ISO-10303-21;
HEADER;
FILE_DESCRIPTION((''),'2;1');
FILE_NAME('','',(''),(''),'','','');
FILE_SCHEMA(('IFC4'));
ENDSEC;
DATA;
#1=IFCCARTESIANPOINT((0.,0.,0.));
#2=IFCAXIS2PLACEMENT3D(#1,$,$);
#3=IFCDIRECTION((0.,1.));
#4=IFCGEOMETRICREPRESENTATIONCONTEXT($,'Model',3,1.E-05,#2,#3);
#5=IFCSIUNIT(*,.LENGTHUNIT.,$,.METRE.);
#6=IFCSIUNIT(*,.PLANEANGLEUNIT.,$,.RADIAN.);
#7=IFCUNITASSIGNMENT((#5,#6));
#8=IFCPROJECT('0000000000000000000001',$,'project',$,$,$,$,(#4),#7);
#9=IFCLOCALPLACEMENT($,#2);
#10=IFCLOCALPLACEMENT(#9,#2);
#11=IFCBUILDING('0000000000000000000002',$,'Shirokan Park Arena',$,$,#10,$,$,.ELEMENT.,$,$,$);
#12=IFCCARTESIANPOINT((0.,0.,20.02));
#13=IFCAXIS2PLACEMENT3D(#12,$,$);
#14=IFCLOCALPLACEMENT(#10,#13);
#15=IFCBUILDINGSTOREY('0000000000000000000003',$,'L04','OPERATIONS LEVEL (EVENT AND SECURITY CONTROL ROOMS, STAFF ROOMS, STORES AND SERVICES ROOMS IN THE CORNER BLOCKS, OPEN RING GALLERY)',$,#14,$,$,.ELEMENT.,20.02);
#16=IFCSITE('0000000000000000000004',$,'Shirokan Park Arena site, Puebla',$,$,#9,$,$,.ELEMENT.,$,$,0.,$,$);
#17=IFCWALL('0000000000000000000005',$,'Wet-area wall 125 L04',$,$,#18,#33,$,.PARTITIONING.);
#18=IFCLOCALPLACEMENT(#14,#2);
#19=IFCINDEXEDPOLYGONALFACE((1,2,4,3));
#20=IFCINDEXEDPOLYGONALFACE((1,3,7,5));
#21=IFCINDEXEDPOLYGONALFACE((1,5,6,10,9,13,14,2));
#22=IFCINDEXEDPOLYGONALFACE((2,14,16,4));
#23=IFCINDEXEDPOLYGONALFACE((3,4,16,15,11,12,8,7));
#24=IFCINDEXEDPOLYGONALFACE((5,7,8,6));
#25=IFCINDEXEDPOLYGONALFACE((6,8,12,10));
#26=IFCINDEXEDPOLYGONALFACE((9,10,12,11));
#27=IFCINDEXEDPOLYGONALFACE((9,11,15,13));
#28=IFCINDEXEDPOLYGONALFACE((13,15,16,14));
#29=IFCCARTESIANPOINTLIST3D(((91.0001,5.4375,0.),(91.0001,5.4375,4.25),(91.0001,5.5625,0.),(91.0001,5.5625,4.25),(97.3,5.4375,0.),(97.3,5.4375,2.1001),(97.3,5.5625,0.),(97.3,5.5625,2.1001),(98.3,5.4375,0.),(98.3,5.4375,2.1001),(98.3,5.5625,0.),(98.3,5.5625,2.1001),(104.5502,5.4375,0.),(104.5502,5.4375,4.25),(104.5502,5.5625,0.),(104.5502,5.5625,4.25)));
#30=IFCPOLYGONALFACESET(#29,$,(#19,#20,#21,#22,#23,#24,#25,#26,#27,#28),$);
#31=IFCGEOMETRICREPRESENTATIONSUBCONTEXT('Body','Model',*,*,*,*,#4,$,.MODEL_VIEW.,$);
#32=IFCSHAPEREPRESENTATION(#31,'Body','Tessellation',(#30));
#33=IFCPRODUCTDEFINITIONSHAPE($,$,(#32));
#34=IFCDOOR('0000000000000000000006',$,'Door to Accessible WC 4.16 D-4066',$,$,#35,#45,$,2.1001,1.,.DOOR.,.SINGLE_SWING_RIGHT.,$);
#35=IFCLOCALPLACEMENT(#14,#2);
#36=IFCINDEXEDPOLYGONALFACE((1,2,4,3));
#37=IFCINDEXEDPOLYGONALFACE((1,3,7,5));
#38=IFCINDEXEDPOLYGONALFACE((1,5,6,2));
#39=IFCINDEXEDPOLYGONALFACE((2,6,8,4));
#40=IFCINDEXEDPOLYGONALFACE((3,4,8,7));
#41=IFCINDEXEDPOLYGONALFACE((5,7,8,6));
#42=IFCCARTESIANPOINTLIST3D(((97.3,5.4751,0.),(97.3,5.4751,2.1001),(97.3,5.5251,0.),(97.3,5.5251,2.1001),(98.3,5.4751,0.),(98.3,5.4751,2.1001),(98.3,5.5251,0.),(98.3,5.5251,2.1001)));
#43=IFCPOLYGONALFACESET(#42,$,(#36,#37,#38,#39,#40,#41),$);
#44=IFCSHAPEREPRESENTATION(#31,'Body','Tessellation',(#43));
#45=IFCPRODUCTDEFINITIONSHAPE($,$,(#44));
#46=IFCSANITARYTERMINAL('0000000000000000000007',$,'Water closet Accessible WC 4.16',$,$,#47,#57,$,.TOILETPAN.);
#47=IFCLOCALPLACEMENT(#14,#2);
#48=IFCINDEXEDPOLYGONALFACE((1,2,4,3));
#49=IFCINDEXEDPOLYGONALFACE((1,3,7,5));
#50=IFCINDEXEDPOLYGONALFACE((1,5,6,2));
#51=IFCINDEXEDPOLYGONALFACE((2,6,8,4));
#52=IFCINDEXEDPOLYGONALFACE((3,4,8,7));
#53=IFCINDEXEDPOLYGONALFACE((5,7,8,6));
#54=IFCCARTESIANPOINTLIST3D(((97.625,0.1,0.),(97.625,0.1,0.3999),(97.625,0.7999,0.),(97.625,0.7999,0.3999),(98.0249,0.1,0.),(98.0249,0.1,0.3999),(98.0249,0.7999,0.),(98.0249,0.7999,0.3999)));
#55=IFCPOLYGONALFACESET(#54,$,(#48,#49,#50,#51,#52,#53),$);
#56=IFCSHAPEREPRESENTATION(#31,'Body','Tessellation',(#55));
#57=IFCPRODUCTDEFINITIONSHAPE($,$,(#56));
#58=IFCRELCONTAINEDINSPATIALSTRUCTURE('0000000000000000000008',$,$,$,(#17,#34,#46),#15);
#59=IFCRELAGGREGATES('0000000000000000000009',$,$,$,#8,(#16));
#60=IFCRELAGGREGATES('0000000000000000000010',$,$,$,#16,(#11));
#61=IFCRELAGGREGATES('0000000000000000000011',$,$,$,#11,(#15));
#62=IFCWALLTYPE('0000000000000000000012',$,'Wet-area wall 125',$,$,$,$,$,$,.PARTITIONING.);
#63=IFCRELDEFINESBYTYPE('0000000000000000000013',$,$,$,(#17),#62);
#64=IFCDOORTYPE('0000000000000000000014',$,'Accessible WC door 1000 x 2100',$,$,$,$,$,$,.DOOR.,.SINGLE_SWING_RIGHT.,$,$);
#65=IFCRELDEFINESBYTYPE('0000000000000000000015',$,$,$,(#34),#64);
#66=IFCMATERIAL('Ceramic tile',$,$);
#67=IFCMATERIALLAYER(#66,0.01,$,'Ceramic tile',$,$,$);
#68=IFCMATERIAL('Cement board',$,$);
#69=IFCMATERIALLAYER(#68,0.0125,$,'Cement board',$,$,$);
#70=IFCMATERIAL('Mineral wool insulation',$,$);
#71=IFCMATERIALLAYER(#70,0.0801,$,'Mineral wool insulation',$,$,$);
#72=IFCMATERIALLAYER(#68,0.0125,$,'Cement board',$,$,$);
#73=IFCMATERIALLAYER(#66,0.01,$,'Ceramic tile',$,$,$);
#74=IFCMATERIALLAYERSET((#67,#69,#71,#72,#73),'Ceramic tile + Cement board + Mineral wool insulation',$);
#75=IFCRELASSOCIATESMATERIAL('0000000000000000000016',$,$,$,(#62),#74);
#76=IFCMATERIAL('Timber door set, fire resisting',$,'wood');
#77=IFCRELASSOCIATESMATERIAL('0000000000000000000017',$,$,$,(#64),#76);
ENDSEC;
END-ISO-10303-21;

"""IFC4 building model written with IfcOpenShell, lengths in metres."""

from ifc_helpers import new_model, si_unit, direction, frame, frame_2d, origin, origin_2d, place, context, subcontext, project, spatial, rectangle, extrude, material, layer, layer_set, type_object, element, fill, save


model = new_model("IFC4")

# Units and contexts
model_context = context("Model", 3, precision=1e-05, world=origin(), true_north=direction((0.0, 1.0)))
body_context = subcontext(model_context, "Body", "Model", "MODEL_VIEW")
ifc_project = project(units=[si_unit("LENGTHUNIT", "METRE"), si_unit("PLANEANGLEUNIT", "RADIAN")], contexts=[model_context])

# Site, building, storey
site_placement = place(None, origin())
site = spatial("IfcSite", under=ifc_project, at=site_placement, Name="Shirokan Park Arena site, Puebla", CompositionType="ELEMENT", RefElevation=0.0)
building_placement = place(site_placement, origin())
building = spatial("IfcBuilding", under=site, at=building_placement, Name="Shirokan Park Arena", CompositionType="ELEMENT")
storey_placement = place(building_placement, frame((0.0, 0.0, 20.02)))
storey = spatial("IfcBuildingStorey", under=building, at=storey_placement, Name="L04", Description="OPERATIONS LEVEL (EVENT AND SECURITY CONTROL ROOMS, STAFF ROOMS, STORES AND SERVICES ROOMS IN THE CORNER BLOCKS, OPEN RING GALLERY)", CompositionType="ELEMENT", Elevation=20.02)

# Shared definitions
ifc_material_1 = material(Name="Mineral wool insulation")

# Wall, opening, door
ifc_material_2 = material(Name="Ceramic tile")
ifc_layer_1 = layer(ifc_material_2, 0.01, Name="Ceramic tile")
ifc_material_3 = material(Name="Cement board")
ifc_layer_2 = layer(ifc_material_3, 0.0125, Name="Cement board")
ifc_layer_3 = layer(ifc_material_1, 0.0801, Name="Mineral wool insulation")
ifc_layer_4 = layer(ifc_material_3, 0.0125, Name="Cement board")
ifc_layer_5 = layer(ifc_material_2, 0.01, Name="Ceramic tile")
ifc_layer_set_1 = layer_set([ifc_layer_1, ifc_layer_2, ifc_layer_3, ifc_layer_4, ifc_layer_5], Name="Ceramic tile + Cement board + Mineral wool insulation")
wall_type_1 = type_object("IfcWallType", Name="Wet-area wall 125", PredefinedType="PARTITIONING", material=ifc_layer_set_1)
wall_1_placement = place(storey_placement, frame((104.55, 5.5, 0.0), z_axis=(0.0, 0.0, 1.0), x_axis=(-1.0, 0.0, 0.0)))
wall_1 = element("IfcWall", 1, at=wall_1_placement, inside=storey, type_object=wall_type_1, Name="Wet-area wall 125 L04", PredefinedType="PARTITIONING", context=body_context, shape_type="SweptSolid", body=[
    extrude(rectangle(XDim=13.55, YDim=0.125, at=frame_2d((6.7749, 0.0))), origin(), (0.0, 0.0, 1.0), 4.25),
])
opening_1_placement = place(wall_1_placement, frame((6.25, 0.0, 0.0)))
opening_1 = element("IfcOpeningElement", 2, at=opening_1_placement, cuts=wall_1, PredefinedType="OPENING", context=body_context, shape_type="SweptSolid", body=[
    extrude(rectangle(XDim=1.0, YDim=2.1001, at=frame_2d((0.5, 1.05))), frame((0.0, 0.0725, 0.0), z_axis=(0.0, -1.0, 0.0), x_axis=(1.0, 0.0, 0.0)), (0.0, 0.0, 1.0), 0.145),
])
ifc_material_4 = material(Name="Timber door set, fire resisting", Category="wood")
door_type_1 = type_object("IfcDoorType", Name="Accessible WC door 1000 x 2100", OperationType="SINGLE_SWING_RIGHT", PredefinedType="DOOR", material=ifc_material_4)
door_1_placement = place(opening_1_placement, origin())
door_1 = element("IfcDoor", 3, at=door_1_placement, inside=storey, type_object=door_type_1, Name="Door to Accessible WC 4.16 D-4066", OperationType="SINGLE_SWING_RIGHT", OverallHeight=2.1001, OverallWidth=1.0, PredefinedType="DOOR", context=body_context, shape_type="SweptSolid", body=[
    extrude(rectangle(XDim=1.0, YDim=2.1001, at=frame_2d((0.5, 1.05))), frame((0.0, 0.0249, 0.0), z_axis=(0.0, -1.0, 0.0), x_axis=(1.0, 0.0, 0.0)), (0.0, 0.0, 1.0), 0.05),
])
fill(opening_1, door_1)

# Sanitary terminal
sanitary_terminal_placement = place(storey_placement, frame((97.825, 0.45, 0.0), z_axis=(0.0, 0.0, 1.0), x_axis=(1.0, 0.0, 0.0)))
element("IfcSanitaryTerminal", 4, at=sanitary_terminal_placement, inside=storey, Name="Water closet Accessible WC 4.16", PredefinedType="TOILETPAN", context=body_context, shape_type="SweptSolid", body=[
    extrude(rectangle(XDim=0.3999, YDim=0.7, at=origin_2d()), origin(), (0.0, 0.0, 1.0), 0.3999),
])

save(model, "model.ifc")
